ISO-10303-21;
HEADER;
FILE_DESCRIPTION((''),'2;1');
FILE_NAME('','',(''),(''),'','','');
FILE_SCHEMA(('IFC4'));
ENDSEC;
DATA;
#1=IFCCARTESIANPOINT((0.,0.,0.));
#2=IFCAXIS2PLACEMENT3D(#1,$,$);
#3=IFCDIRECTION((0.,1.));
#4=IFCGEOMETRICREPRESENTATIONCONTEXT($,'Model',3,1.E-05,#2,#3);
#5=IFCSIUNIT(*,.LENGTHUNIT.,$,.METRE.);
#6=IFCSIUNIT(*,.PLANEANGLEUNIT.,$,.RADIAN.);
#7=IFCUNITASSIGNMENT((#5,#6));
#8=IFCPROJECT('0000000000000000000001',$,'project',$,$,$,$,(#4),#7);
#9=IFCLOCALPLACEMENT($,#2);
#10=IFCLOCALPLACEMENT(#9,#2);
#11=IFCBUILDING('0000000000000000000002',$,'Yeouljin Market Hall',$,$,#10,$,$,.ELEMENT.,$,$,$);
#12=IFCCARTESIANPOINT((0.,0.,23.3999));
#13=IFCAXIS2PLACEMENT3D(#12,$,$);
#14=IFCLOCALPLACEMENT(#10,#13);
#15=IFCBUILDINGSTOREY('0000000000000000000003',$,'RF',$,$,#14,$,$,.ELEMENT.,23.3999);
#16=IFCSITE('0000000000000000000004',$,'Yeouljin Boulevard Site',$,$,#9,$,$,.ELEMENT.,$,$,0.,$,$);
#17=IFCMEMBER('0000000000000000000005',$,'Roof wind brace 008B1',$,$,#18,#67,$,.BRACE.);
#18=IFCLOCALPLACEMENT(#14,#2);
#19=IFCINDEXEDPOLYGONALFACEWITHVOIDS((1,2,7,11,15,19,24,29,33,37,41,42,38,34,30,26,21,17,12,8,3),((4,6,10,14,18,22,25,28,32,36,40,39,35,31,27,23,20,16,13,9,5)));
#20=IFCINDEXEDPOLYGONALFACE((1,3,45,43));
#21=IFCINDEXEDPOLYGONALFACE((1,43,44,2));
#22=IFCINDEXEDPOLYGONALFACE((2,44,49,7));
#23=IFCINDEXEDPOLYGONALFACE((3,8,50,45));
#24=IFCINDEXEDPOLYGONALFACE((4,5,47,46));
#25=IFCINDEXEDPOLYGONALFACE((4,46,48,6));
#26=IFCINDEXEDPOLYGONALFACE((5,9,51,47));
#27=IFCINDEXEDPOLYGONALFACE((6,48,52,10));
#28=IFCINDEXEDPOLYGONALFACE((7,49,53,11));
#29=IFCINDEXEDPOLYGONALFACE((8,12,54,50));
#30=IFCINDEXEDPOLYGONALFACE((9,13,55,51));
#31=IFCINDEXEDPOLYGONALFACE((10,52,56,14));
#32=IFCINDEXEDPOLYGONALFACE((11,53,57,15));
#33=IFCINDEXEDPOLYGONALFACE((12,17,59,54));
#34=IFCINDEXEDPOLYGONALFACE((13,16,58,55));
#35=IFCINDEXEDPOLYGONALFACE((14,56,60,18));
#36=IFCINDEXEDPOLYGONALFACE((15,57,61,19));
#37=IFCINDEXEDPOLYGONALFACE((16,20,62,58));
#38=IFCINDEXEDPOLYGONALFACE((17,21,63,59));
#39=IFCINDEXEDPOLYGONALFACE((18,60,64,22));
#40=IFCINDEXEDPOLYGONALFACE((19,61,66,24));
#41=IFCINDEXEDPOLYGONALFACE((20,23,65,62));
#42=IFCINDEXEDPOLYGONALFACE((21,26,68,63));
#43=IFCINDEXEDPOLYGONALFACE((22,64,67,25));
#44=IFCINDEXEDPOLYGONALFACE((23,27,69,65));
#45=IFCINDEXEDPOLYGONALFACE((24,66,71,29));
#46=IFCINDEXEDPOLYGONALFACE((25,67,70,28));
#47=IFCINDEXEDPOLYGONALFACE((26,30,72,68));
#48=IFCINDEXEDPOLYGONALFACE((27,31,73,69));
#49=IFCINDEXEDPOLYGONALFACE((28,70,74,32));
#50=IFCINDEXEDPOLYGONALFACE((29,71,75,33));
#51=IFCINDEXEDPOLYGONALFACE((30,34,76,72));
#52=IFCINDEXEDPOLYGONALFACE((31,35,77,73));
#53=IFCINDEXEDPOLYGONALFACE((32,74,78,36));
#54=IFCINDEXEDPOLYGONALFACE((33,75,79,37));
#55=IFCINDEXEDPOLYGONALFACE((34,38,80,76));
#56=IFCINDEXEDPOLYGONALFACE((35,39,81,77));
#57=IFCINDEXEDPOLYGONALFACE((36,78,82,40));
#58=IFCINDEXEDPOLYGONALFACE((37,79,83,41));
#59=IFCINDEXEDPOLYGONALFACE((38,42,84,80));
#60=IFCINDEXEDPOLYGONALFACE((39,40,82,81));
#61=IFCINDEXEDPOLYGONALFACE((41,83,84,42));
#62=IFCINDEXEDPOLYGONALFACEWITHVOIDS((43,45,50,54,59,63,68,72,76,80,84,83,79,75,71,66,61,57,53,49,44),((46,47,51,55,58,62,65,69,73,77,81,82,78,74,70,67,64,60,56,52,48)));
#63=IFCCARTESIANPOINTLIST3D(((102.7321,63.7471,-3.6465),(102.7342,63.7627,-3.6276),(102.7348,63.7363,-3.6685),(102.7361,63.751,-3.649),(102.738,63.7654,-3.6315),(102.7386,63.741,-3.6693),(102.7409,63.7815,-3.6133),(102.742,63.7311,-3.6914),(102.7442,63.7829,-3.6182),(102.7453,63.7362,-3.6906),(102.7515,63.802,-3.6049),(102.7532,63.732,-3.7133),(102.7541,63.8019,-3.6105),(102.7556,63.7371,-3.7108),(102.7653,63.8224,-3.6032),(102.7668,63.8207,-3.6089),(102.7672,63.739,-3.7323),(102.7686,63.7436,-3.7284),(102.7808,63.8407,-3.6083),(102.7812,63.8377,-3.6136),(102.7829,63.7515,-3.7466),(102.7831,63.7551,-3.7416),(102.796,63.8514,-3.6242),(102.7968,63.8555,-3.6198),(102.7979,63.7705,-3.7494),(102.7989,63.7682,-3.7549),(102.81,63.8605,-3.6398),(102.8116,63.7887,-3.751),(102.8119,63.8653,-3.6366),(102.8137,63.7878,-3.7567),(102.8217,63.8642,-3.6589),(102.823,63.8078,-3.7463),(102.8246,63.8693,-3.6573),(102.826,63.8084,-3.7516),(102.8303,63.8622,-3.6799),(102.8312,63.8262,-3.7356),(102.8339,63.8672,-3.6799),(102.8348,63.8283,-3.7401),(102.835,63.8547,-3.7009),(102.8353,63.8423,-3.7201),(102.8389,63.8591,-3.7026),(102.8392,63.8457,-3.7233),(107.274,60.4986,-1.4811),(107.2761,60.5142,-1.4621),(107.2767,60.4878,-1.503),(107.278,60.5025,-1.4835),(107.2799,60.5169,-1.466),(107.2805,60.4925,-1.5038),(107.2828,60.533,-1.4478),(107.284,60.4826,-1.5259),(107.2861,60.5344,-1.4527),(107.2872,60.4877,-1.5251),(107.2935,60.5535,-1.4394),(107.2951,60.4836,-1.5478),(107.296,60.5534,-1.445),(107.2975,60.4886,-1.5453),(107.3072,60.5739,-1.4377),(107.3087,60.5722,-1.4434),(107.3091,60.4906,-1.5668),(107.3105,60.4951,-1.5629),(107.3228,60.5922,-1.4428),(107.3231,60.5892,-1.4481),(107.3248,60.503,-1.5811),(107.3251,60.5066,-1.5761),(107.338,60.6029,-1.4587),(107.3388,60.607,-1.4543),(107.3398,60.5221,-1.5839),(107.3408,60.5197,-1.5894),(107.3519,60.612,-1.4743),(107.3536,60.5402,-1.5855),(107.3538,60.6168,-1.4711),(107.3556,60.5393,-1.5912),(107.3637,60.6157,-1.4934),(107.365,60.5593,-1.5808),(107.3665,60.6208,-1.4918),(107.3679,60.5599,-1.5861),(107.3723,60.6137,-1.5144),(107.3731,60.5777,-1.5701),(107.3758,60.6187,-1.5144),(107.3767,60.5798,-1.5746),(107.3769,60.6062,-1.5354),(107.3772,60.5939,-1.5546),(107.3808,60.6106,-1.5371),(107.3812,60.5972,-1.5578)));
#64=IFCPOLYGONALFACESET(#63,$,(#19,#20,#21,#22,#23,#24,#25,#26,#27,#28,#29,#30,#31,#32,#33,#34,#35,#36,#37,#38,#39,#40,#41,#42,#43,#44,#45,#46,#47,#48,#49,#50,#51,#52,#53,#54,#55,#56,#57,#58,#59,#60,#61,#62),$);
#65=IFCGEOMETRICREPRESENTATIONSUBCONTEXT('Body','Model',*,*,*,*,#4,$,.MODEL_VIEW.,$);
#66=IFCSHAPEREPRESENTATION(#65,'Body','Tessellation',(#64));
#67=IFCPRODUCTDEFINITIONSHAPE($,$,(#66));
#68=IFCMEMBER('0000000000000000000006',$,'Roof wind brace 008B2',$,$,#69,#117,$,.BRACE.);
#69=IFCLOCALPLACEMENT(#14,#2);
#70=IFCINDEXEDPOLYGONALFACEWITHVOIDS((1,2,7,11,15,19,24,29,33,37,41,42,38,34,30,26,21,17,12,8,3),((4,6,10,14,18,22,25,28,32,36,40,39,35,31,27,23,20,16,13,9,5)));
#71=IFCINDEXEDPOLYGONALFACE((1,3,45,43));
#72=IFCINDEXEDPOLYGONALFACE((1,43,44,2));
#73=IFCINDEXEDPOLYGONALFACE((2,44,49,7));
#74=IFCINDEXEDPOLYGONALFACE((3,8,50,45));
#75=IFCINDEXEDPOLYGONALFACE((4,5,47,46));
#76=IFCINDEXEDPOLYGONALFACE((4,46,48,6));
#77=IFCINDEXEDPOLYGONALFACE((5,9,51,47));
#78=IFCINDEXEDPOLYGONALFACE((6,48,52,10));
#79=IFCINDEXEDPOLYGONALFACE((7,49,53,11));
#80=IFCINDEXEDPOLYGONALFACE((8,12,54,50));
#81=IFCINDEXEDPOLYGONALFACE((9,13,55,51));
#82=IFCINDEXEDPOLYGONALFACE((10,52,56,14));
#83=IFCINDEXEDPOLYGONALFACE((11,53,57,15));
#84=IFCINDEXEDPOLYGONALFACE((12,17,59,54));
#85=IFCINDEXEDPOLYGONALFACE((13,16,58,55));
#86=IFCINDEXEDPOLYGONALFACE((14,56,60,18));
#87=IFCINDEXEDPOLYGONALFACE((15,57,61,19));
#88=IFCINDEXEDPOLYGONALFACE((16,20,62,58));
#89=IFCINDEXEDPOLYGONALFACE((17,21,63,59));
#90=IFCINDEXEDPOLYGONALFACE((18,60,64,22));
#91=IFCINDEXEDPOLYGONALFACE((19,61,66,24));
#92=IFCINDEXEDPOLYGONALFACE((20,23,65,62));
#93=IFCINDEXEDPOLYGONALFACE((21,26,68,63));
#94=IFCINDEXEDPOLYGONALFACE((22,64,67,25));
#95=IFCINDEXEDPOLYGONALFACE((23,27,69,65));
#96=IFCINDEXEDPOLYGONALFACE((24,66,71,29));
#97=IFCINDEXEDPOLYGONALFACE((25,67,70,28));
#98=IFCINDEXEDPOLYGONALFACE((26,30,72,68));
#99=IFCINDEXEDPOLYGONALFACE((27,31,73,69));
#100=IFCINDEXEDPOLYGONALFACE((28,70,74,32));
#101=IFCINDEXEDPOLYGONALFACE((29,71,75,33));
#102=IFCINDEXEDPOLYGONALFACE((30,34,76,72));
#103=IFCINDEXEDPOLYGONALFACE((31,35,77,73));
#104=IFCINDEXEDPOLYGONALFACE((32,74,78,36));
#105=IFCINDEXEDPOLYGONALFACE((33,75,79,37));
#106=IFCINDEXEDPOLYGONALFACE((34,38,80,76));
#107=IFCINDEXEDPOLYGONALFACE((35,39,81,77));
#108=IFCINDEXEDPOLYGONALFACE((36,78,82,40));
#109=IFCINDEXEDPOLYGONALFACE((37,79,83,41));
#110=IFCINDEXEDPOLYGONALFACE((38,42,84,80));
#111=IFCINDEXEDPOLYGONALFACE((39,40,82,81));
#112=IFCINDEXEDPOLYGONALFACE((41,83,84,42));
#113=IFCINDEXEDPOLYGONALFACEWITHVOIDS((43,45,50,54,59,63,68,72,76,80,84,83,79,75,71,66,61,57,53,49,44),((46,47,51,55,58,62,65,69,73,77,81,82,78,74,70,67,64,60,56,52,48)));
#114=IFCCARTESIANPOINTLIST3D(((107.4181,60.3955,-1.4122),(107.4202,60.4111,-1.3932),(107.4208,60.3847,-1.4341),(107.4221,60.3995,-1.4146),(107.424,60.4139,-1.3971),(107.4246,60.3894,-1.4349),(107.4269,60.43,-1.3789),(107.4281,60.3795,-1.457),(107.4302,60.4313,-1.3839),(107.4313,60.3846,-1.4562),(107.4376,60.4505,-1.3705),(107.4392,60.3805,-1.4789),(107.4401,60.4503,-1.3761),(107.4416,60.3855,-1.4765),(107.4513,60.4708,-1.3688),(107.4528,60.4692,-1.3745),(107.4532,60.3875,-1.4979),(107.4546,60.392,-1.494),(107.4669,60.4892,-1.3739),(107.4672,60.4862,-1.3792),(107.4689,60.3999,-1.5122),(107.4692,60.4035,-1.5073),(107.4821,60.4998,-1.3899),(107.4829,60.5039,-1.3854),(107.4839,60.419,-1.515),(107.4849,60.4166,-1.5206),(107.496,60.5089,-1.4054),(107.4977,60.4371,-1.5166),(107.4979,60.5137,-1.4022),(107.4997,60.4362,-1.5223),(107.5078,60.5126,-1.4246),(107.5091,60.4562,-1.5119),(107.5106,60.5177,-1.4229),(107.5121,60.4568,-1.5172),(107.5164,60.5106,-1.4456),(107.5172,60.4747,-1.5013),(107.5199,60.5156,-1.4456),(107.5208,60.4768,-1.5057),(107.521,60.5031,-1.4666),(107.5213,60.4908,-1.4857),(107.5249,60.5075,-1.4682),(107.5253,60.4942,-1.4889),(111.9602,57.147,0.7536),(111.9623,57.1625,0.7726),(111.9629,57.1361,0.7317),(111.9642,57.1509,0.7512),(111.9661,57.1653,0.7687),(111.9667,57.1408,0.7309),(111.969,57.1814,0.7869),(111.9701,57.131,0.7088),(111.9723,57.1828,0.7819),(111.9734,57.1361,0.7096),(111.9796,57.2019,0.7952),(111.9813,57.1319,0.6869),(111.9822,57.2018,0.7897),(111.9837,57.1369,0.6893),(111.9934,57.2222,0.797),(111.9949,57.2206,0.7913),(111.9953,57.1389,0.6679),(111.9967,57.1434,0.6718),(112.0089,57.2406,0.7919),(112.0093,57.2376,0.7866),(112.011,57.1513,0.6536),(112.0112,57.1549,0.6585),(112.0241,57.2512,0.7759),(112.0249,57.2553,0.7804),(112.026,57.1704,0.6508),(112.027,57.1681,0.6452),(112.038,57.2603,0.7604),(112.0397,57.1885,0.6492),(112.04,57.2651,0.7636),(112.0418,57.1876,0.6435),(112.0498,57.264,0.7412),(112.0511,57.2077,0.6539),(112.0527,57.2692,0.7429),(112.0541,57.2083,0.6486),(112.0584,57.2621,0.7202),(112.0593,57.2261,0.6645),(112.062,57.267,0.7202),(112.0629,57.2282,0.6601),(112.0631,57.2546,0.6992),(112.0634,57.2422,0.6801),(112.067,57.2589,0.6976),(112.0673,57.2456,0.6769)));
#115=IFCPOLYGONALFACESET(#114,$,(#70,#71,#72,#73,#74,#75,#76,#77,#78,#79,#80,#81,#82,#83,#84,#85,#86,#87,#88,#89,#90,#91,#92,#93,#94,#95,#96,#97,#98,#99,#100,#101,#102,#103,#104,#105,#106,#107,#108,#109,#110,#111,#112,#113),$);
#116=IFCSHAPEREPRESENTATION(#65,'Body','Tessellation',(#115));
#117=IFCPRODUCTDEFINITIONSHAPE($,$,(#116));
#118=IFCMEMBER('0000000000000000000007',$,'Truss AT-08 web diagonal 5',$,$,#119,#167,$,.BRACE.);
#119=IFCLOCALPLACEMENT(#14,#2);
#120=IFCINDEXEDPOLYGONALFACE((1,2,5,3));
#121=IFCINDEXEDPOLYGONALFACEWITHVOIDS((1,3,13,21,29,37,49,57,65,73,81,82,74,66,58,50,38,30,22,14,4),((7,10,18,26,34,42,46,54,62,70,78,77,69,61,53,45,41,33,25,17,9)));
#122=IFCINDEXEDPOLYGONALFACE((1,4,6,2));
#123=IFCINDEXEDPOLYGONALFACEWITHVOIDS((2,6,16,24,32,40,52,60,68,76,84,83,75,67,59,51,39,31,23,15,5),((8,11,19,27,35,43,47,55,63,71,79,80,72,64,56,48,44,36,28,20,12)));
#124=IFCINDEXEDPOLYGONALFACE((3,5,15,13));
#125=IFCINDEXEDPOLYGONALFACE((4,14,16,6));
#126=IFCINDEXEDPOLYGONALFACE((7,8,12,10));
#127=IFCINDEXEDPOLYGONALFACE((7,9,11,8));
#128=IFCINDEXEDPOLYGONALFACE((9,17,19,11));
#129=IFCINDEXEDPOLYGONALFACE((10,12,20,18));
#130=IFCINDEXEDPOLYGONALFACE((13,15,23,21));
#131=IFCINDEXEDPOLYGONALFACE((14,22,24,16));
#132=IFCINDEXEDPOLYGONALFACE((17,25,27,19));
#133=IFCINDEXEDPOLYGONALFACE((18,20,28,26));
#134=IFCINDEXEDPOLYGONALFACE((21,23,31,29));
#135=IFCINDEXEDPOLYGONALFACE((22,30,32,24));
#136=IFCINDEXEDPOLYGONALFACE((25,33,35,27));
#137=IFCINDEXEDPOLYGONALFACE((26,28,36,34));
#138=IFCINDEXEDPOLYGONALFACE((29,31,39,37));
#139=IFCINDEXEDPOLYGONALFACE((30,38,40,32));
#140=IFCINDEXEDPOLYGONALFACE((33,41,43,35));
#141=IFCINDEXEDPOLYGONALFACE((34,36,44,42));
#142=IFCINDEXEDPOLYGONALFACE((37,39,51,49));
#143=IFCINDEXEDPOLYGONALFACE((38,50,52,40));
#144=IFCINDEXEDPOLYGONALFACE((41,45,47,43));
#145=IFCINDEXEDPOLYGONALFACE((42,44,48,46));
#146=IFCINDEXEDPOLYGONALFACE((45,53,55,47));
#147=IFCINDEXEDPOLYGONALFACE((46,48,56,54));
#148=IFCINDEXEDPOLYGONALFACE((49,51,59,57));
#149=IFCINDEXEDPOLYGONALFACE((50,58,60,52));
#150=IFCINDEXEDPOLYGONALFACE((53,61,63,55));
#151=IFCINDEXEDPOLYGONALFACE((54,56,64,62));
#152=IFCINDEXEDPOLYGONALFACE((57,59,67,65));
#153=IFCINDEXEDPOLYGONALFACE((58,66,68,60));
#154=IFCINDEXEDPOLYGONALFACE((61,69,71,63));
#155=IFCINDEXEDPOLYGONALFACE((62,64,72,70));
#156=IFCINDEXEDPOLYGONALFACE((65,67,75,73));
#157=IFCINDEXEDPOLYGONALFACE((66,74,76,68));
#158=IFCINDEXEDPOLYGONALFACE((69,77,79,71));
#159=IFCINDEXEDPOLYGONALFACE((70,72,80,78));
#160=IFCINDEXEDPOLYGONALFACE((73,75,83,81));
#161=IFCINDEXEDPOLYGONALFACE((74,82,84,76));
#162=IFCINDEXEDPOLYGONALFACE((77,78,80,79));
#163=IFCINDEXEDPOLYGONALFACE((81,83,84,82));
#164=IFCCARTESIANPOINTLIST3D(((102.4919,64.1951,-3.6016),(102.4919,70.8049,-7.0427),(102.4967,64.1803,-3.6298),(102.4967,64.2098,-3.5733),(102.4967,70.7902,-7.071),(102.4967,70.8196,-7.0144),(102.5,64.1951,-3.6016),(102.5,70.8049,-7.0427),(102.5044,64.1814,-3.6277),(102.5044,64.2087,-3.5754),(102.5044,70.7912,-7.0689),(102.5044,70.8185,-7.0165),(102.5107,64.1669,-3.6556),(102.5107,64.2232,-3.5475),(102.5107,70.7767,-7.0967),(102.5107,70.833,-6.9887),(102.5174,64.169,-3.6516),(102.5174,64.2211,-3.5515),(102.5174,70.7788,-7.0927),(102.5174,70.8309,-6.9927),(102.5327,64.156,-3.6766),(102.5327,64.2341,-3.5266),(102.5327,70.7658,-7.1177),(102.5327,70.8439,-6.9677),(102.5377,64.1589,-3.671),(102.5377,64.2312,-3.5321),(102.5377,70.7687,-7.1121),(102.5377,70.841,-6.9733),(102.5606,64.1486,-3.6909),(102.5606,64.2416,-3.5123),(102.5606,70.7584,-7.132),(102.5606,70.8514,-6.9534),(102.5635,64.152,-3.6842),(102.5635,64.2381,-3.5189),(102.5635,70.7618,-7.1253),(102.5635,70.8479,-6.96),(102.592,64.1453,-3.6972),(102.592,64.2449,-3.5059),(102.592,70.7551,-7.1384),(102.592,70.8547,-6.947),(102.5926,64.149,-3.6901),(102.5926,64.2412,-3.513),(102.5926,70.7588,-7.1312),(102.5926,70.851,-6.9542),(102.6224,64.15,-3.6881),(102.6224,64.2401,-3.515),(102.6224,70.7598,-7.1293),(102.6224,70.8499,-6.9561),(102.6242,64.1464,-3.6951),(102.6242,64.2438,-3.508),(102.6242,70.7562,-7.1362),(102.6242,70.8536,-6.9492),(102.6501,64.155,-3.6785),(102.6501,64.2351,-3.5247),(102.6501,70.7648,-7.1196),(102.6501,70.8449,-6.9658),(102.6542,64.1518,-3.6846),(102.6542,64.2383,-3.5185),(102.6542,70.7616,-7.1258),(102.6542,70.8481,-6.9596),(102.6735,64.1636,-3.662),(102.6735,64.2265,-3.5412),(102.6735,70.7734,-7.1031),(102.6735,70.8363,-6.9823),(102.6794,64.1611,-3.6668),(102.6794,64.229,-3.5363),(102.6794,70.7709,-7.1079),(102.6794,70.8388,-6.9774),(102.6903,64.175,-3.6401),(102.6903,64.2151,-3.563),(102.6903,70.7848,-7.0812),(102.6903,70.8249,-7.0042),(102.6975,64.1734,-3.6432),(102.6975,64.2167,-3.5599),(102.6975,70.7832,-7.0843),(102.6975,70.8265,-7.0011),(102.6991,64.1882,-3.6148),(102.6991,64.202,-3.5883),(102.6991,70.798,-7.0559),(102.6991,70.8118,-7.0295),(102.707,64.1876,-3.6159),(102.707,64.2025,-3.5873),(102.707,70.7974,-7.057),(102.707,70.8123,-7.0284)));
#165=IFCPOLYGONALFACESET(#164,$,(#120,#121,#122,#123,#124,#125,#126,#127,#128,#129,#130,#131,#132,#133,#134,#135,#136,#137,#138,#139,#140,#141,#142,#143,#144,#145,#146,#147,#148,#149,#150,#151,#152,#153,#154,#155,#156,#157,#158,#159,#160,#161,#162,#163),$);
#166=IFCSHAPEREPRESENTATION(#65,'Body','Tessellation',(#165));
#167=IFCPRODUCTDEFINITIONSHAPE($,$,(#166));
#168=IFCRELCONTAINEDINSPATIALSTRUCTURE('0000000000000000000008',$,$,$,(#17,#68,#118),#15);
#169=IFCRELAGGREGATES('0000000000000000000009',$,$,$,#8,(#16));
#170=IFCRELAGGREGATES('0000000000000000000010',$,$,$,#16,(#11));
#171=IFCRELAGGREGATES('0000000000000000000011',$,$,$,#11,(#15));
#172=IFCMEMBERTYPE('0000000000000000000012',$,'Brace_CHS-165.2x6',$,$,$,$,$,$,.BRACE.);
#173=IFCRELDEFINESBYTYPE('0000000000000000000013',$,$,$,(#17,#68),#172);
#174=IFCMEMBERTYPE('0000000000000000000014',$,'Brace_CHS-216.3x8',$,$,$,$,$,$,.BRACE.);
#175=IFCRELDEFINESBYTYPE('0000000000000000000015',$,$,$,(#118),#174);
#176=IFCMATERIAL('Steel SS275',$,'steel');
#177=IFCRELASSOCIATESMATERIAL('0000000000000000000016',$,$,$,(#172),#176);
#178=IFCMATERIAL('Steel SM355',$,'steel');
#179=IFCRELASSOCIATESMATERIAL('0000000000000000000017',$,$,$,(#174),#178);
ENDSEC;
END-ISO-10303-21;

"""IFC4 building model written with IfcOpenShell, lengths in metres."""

from ifc_helpers import new_model, si_unit, direction, frame, origin, origin_2d, place, context, subcontext, project, spatial, hollow_circle, extrude, material, material_profile, profile_set, type_object, element, save


model = new_model("IFC4")

# Units and contexts
model_context = context("Model", 3, precision=1e-05, world=origin(), true_north=direction((0.0, 1.0)))
body_context = subcontext(model_context, "Body", "Model", "MODEL_VIEW")
ifc_project = project(units=[si_unit("LENGTHUNIT", "METRE"), si_unit("PLANEANGLEUNIT", "RADIAN")], contexts=[model_context])

# Site, building, storey
site_placement = place(None, origin())
site = spatial("IfcSite", under=ifc_project, at=site_placement, Name="Yeouljin Boulevard Site", CompositionType="ELEMENT", RefElevation=0.0)
building_placement = place(site_placement, origin())
building = spatial("IfcBuilding", under=site, at=building_placement, Name="Yeouljin Market Hall", CompositionType="ELEMENT")
storey_placement = place(building_placement, frame((0.0, 0.0, 23.3999)))
storey = spatial("IfcBuildingStorey", under=building, at=storey_placement, Name="RF", CompositionType="ELEMENT", Elevation=23.3999)

# Members
ifc_material_1 = material(Name="Steel SS275", Category="steel")
ifc_material_profile_1 = material_profile(ifc_material_1, hollow_circle(Radius=0.0825, WallThickness=0.0061, at=origin_2d()), Name="CHS-165.2x6")
ifc_profile_set_1 = profile_set([ifc_material_profile_1], Name="Steel SS275")
member_type_1 = type_object("IfcMemberType", Name="Brace_CHS-165.2x6", PredefinedType="BRACE", material=ifc_profile_set_1)
member_1_placement = place(storey_placement, frame((102.7859, 63.8, -3.6799), z_axis=(0.758346, -0.542386, 0.361564), x_axis=(0.581743, 0.813373, 0.0)))
element("IfcMember", 1, at=member_1_placement, inside=storey, type_object=member_type_1, Name="Roof wind brace 008B1", PredefinedType="BRACE", context=body_context, shape_type="SweptSolid", body=[
    extrude(hollow_circle(Radius=0.0825, WallThickness=0.0061, at=origin_2d()), origin(), (0.0, 0.0, 1.0), 5.9893),
])
member_2_placement = place(storey_placement, frame((107.4719, 60.4485, -1.4456), z_axis=(0.758335, -0.542378, 0.361599), x_axis=(0.581743, 0.813373, 0.0)))
element("IfcMember", 2, at=member_2_placement, inside=storey, type_object=member_type_1, Name="Roof wind brace 008B2", PredefinedType="BRACE", context=body_context, shape_type="SweptSolid", body=[
    extrude(hollow_circle(Radius=0.0825, WallThickness=0.0061, at=origin_2d()), origin(), (0.0, 0.0, 1.0), 5.9895),
])
ifc_material_2 = material(Name="Steel SM355", Category="steel")
ifc_material_profile_2 = material_profile(ifc_material_2, hollow_circle(Radius=0.1082, WallThickness=0.0081, at=origin_2d()), Name="CHS-216.3x8")
ifc_profile_set_2 = profile_set([ifc_material_profile_2], Name="Steel SM355")
member_type_2 = type_object("IfcMemberType", Name="Brace_CHS-216.3x8", PredefinedType="BRACE", material=ifc_profile_set_2)
for number, where, z_axis, x_axis, name in (
    (3, (102.6001, 64.1951, -3.6016), (0.0, 0.886995, -0.461779), (-1.0, 0.0, 0.0), "Truss AT-08 web diagonal 5"),
):
    element("IfcMember", number, at=place(storey_placement, frame(where, z_axis=z_axis, x_axis=x_axis)), inside=storey, type_object=member_type_2, Name=name, PredefinedType="BRACE", context=body_context, shape_type="SweptSolid", body=[
        extrude(hollow_circle(Radius=0.1082, WallThickness=0.0081, at=origin_2d()), origin(), (0.0, 0.0, 1.0), 7.4519),
    ])

save(model, "model.ifc")
